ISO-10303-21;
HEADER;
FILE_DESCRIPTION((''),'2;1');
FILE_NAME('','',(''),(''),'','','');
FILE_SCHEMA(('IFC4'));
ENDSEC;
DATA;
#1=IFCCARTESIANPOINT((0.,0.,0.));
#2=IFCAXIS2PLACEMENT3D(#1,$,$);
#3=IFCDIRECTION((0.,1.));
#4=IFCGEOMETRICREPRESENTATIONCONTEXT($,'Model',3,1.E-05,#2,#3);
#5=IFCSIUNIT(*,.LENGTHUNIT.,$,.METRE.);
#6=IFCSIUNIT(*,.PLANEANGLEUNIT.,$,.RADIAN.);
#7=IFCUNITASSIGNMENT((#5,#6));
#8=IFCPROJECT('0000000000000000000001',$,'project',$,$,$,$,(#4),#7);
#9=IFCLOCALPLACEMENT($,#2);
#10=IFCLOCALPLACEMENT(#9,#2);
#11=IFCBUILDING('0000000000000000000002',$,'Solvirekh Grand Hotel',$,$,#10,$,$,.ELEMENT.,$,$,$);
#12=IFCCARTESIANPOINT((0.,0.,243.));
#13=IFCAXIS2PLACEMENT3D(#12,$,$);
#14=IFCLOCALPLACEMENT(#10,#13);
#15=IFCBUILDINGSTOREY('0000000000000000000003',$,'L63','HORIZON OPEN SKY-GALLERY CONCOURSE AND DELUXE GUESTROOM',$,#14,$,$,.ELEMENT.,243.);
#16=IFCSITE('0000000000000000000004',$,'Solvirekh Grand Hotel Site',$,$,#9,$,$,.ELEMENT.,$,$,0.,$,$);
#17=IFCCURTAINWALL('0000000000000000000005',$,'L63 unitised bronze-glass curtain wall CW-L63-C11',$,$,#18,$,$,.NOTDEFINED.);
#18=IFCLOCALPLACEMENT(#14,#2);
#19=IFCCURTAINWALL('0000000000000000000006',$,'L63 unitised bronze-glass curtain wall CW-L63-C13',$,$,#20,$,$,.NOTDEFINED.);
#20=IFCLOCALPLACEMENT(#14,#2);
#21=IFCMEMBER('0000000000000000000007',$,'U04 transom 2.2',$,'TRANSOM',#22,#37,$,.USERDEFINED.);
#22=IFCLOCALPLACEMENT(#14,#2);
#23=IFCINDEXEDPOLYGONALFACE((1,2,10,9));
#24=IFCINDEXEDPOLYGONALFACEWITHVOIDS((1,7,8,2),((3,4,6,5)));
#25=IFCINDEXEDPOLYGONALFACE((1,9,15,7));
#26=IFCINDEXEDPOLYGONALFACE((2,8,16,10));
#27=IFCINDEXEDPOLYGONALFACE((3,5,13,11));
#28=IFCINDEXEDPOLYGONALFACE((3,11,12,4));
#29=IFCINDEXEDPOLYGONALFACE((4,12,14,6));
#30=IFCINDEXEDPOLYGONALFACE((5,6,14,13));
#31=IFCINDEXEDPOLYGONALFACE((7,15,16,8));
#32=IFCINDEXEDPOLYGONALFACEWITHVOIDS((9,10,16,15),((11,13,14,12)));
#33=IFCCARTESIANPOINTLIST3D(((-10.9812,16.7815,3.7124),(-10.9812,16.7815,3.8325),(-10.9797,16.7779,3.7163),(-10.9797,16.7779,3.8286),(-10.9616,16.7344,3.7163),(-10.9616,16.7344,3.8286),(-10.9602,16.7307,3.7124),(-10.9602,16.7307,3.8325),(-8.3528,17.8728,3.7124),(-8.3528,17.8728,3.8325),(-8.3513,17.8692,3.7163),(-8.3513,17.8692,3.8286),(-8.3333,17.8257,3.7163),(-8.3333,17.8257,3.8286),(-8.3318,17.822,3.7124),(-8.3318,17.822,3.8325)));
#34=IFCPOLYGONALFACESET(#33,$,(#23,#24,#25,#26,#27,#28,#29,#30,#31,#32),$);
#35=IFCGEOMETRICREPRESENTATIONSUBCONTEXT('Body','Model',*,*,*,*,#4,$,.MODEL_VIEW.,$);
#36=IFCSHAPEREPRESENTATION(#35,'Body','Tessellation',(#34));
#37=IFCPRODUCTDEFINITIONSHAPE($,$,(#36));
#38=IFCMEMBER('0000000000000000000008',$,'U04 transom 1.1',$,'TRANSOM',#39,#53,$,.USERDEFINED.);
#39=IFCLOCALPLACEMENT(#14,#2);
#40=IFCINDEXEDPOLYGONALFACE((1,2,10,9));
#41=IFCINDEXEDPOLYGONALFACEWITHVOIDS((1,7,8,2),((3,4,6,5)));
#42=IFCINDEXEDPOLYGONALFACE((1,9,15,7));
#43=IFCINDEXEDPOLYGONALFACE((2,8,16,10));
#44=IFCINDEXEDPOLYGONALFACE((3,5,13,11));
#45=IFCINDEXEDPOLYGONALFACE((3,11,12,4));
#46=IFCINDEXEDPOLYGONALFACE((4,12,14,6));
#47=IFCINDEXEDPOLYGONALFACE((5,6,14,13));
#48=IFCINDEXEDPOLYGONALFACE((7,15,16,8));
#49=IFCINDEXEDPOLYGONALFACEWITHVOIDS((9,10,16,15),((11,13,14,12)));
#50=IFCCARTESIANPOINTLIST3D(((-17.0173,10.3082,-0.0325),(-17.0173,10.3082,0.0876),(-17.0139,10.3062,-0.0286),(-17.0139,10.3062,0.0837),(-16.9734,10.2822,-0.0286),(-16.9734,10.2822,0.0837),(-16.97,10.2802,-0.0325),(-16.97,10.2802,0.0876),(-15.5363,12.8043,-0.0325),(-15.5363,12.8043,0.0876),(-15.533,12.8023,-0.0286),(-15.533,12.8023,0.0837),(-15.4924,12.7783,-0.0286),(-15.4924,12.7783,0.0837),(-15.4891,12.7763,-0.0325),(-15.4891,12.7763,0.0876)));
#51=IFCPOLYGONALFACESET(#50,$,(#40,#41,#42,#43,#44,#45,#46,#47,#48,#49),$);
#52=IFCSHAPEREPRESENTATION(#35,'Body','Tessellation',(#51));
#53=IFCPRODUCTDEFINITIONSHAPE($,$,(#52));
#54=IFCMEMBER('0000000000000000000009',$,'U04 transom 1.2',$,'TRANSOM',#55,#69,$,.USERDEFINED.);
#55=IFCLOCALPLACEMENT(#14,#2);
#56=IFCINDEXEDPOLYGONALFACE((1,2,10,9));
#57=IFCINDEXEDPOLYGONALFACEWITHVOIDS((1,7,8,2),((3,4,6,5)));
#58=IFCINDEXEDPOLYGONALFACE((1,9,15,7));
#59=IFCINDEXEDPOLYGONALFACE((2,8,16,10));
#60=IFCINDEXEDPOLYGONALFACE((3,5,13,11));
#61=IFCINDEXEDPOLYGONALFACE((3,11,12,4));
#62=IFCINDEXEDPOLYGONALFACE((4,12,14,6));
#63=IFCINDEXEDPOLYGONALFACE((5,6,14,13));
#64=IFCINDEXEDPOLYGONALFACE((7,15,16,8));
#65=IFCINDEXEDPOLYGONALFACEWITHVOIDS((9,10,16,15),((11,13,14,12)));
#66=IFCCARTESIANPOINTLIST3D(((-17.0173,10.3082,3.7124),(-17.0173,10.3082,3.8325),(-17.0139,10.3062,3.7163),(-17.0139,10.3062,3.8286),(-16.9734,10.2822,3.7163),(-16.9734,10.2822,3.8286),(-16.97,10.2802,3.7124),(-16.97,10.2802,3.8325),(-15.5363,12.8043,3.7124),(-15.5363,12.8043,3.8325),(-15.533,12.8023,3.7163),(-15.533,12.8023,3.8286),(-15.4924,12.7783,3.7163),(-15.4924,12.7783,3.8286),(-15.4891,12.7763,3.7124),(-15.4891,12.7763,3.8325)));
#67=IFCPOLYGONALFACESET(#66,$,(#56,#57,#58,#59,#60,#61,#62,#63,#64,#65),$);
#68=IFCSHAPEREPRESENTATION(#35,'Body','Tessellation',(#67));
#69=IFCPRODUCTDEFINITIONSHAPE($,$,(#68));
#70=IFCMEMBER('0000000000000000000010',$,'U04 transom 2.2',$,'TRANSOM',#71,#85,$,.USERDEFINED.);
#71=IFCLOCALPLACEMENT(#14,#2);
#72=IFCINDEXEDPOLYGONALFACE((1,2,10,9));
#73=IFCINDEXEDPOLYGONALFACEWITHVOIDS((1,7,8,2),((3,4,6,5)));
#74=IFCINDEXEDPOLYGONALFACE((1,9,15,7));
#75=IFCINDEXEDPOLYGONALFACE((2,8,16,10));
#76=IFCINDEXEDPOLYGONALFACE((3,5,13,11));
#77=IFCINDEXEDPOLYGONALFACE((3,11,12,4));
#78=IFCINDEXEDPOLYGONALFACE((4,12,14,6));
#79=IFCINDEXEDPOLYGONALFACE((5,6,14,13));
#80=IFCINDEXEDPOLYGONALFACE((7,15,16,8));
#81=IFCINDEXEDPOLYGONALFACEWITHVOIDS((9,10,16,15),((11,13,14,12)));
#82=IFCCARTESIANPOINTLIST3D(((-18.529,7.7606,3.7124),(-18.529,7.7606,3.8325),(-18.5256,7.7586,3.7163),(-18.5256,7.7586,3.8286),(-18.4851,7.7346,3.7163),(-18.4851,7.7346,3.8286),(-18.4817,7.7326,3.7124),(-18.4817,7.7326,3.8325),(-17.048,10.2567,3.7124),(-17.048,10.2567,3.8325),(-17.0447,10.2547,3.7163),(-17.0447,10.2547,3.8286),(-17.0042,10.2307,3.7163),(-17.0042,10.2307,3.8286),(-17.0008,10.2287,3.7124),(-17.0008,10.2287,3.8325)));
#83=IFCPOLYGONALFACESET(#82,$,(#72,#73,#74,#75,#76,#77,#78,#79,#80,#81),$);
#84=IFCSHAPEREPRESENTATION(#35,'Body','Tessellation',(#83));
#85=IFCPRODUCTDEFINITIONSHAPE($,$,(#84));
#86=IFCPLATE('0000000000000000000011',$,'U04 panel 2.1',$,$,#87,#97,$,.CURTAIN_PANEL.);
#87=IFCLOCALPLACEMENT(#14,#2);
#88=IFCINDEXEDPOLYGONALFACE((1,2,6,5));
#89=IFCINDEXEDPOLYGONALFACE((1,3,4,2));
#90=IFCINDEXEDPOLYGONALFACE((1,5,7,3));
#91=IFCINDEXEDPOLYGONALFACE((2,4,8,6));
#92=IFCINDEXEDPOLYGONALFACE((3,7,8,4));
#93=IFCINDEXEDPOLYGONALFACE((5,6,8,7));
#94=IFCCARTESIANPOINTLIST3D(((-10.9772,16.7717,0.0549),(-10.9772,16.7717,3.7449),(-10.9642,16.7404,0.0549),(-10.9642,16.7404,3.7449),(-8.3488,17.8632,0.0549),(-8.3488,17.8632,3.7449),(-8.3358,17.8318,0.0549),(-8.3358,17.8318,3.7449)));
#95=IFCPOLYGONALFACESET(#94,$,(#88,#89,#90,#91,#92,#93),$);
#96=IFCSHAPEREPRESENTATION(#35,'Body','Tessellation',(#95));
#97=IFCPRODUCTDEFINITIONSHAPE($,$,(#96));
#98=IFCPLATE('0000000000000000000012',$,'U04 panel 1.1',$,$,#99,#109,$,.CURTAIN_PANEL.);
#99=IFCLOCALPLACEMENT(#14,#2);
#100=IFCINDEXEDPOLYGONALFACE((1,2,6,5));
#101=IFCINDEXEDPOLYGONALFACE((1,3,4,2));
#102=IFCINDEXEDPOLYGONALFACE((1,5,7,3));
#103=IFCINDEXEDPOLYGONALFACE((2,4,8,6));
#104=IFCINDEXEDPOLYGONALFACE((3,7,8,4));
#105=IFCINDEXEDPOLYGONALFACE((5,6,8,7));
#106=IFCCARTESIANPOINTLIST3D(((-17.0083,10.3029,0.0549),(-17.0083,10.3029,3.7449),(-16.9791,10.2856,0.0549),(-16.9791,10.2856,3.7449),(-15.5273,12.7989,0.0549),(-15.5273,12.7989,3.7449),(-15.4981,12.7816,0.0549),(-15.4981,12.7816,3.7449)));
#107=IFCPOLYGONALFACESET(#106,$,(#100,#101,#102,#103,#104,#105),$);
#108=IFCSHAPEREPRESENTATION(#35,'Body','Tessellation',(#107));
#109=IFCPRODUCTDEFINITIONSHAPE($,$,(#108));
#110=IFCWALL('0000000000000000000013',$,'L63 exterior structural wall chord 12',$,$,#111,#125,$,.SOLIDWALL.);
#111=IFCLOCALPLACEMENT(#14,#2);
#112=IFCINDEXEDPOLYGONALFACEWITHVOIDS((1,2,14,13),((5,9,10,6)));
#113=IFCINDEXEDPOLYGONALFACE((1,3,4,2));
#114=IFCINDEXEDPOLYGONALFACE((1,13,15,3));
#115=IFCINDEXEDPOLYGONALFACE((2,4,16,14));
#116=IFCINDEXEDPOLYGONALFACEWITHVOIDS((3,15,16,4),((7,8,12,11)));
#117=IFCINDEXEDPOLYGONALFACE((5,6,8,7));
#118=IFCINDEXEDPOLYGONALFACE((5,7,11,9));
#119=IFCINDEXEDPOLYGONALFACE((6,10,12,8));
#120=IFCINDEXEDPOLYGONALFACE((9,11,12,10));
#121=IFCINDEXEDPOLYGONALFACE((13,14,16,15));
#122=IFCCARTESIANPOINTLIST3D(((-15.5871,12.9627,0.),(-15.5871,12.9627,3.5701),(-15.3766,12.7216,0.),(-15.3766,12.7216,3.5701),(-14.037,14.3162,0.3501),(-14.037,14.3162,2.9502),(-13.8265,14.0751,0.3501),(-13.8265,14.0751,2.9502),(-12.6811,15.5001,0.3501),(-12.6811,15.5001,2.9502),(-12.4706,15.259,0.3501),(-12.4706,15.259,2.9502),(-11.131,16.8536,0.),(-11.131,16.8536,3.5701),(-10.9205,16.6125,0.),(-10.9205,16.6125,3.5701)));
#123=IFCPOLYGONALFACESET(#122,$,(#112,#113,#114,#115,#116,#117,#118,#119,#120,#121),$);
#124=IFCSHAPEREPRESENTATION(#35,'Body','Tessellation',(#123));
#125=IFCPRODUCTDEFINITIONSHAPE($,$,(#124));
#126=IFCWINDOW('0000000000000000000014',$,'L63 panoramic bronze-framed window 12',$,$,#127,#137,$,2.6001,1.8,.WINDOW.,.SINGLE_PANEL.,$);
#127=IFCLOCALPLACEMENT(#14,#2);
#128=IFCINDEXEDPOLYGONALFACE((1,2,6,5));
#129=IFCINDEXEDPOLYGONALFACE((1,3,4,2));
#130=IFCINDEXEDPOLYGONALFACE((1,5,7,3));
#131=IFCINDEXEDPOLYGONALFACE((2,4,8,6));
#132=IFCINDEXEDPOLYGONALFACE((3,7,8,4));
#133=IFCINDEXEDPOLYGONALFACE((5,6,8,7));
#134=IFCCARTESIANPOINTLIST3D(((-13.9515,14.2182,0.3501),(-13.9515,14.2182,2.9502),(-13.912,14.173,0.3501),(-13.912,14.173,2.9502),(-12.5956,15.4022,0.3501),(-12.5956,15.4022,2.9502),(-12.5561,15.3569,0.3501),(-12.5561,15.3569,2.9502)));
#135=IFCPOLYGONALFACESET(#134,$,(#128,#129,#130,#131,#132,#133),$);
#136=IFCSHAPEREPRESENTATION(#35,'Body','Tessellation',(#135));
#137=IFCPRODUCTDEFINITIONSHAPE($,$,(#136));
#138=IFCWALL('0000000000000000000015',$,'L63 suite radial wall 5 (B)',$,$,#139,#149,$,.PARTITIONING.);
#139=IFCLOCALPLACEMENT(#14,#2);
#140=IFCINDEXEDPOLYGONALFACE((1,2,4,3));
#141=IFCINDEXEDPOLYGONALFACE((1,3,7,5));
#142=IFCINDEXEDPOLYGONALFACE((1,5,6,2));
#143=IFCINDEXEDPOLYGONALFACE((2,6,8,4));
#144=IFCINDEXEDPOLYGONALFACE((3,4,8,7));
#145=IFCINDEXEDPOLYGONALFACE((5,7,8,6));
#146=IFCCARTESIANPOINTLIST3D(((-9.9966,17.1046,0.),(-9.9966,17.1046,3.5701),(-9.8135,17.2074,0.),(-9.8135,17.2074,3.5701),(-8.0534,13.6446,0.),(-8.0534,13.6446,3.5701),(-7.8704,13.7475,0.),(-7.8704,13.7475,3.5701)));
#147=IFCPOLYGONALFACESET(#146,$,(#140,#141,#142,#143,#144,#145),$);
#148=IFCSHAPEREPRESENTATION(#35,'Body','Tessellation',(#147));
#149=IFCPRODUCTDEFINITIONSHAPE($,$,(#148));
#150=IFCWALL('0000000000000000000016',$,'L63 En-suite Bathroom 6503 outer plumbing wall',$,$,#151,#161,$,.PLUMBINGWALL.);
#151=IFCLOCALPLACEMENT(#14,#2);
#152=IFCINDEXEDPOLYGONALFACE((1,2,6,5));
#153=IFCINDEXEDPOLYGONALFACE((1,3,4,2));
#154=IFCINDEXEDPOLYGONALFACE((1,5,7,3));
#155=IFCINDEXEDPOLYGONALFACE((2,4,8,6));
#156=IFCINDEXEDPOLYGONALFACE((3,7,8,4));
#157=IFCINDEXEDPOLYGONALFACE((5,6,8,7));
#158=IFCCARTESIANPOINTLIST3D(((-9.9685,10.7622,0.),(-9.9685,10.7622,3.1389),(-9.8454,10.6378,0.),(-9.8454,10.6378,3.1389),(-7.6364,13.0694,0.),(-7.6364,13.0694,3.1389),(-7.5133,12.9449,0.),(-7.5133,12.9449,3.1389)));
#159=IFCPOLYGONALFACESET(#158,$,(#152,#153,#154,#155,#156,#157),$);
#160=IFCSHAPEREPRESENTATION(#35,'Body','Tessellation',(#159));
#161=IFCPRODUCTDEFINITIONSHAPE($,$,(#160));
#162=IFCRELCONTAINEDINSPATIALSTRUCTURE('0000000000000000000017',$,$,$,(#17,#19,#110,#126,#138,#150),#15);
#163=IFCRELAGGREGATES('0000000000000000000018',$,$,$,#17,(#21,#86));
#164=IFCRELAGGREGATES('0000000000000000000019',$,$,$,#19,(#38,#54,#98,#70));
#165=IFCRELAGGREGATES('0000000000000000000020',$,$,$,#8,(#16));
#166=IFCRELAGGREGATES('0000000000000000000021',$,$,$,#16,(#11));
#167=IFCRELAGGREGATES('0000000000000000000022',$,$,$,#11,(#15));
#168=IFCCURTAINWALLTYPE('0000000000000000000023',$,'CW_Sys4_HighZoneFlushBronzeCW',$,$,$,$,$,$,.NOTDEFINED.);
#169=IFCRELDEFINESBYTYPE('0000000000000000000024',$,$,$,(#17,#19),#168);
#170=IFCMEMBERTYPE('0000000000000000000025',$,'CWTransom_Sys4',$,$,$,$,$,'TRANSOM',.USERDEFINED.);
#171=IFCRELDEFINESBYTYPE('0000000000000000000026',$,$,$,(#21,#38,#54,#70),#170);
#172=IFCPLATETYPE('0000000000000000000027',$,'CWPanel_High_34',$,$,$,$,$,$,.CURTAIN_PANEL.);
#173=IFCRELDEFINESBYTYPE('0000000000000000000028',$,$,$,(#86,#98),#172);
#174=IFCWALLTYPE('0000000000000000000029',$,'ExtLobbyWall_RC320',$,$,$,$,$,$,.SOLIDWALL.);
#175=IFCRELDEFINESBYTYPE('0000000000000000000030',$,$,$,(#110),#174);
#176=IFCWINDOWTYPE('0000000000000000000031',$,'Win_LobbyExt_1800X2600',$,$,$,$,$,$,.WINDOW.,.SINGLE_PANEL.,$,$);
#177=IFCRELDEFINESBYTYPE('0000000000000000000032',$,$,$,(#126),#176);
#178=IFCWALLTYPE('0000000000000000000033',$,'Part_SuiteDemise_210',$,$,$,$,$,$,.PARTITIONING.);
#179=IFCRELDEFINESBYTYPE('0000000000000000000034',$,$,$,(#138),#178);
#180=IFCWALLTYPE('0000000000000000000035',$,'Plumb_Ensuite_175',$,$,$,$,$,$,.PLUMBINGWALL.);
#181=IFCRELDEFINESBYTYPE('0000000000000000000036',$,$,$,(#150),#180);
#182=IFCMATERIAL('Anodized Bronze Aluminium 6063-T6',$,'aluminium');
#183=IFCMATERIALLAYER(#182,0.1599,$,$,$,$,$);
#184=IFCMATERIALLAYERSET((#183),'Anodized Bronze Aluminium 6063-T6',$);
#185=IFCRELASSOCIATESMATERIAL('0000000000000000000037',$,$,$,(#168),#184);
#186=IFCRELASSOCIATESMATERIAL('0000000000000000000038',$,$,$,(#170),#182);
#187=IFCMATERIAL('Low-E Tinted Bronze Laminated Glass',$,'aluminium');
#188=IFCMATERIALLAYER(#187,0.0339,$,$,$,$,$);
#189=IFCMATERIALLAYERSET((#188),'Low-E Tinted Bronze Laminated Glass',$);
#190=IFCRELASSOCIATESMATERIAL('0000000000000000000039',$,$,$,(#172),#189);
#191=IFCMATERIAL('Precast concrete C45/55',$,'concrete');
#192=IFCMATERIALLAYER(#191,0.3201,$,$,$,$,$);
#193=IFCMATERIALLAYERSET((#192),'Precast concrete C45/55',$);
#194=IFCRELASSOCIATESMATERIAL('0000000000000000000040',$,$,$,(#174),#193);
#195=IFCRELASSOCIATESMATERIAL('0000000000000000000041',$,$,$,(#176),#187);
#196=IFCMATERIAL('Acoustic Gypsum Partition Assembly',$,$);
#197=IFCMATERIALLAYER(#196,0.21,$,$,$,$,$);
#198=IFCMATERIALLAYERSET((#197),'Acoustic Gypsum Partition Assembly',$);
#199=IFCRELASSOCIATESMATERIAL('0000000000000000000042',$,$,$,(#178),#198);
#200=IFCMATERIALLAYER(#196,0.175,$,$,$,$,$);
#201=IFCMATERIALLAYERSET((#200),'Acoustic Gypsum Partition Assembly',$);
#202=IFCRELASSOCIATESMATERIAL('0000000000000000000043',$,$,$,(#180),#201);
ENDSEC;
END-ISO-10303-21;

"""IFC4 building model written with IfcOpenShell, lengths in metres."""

from ifc_helpers import new_model, si_unit, direction, frame, frame_2d, origin, origin_2d, place, context, subcontext, project, spatial, rectangle, hollow_rectangle, extrude, source, transform, mapped, material, layer, layer_set, material_profile, profile_set, type_object, element, fill, aggregate, save


model = new_model("IFC4")

# Units and contexts
model_context = context("Model", 3, precision=1e-05, world=origin(), true_north=direction((0.0, 1.0)))
body_context = subcontext(model_context, "Body", "Model", "MODEL_VIEW")
ifc_project = project(units=[si_unit("LENGTHUNIT", "METRE"), si_unit("PLANEANGLEUNIT", "RADIAN")], contexts=[model_context])

# Site, building, storey
site_placement = place(None, origin())
site = spatial("IfcSite", under=ifc_project, at=site_placement, Name="Solvirekh Grand Hotel Site", CompositionType="ELEMENT", RefElevation=0.0)
building_placement = place(site_placement, origin())
building = spatial("IfcBuilding", under=site, at=building_placement, Name="Solvirekh Grand Hotel", CompositionType="ELEMENT")
storey_placement = place(building_placement, frame((0.0, 0.0, 243.0)))
storey = spatial("IfcBuildingStorey", under=building, at=storey_placement, Name="L63", Description="HORIZON OPEN SKY-GALLERY CONCOURSE AND DELUXE GUESTROOM", CompositionType="ELEMENT", Elevation=243.0)

# Curtain walls
ifc_material_1 = material(Name="Anodized Bronze Aluminium 6063-T6", Category="aluminium")
ifc_layer_1 = layer(ifc_material_1, 0.1599)
ifc_layer_set_1 = layer_set([ifc_layer_1], Name="Anodized Bronze Aluminium 6063-T6")
curtain_wall_type = type_object("IfcCurtainWallType", Name="CW_Sys4_HighZoneFlushBronzeCW", PredefinedType="NOTDEFINED", material=ifc_layer_set_1)
curtain_wall_1_placement = place(storey_placement, origin())
curtain_wall_1 = element("IfcCurtainWall", 1, at=curtain_wall_1_placement, inside=storey, type_object=curtain_wall_type, Name="L63 unitised bronze-glass curtain wall CW-L63-C11", PredefinedType="NOTDEFINED")
curtain_wall_2_placement = place(storey_placement, origin())
curtain_wall_2 = element("IfcCurtainWall", 2, at=curtain_wall_2_placement, inside=storey, type_object=curtain_wall_type, Name="L63 unitised bronze-glass curtain wall CW-L63-C13", PredefinedType="NOTDEFINED")

# Members
ifc_material_profile_1 = material_profile(ifc_material_1, hollow_rectangle(XDim=0.0549, YDim=0.1201, WallThickness=0.0039, at=origin_2d()), Name="ALU RHS 120X55X4")
ifc_profile_set_1 = profile_set([ifc_material_profile_1], Name="Anodized Bronze Aluminium 6063-T6")
member_type_1 = type_object("IfcMemberType", Name="CWTransom_Sys4", ElementType="TRANSOM", PredefinedType="USERDEFINED", material=ifc_profile_set_1)
shared_shape_1 = source(origin(), body_context, "Body", "SweptSolid", [
    extrude(hollow_rectangle(XDim=0.0549, YDim=0.1201, WallThickness=0.0039, at=origin_2d()), origin(), (0.0, 0.0, 1.0), 2.8459),
])
member_1_placement = place(storey_placement, frame((-8.3423, 17.8474, 3.7725), z_axis=(-0.923558, -0.383458, 0.0), x_axis=(0.383458, -0.923558, 0.0)))
member_1 = element("IfcMember", 3, at=member_1_placement, type_object=member_type_1, Name="U04 transom 2.2", ObjectType="TRANSOM", PredefinedType="USERDEFINED", context=body_context, shape_type="MappedRepresentation", body=[
    mapped(shared_shape_1, transform((0.0, 0.0, 0.0), x_axis=(1.0, 0.0, 0.0), y_axis=(0.0, 1.0, 0.0), z_axis=(0.0, 0.0, 1.0), scale=1.0)),
])
shared_shape_2 = source(origin(), body_context, "Body", "SweptSolid", [
    extrude(hollow_rectangle(XDim=0.0549, YDim=0.1201, WallThickness=0.0039, at=origin_2d()), origin(), (0.0, 0.0, 1.0), 2.9023),
])
member_2_placement = place(storey_placement, frame((-15.5127, 12.7903, 0.0276), z_axis=(-0.510259, -0.860021, 0.0), x_axis=(0.860021, -0.510259, 0.0)))
member_2 = element("IfcMember", 4, at=member_2_placement, type_object=member_type_1, Name="U04 transom 1.1", ObjectType="TRANSOM", PredefinedType="USERDEFINED", context=body_context, shape_type="MappedRepresentation", body=[
    mapped(shared_shape_2, transform((0.0, 0.0, 0.0), x_axis=(1.0, 0.0, 0.0), y_axis=(0.0, 1.0, 0.0), z_axis=(0.0, 0.0, 1.0), scale=1.0)),
])
member_3_placement = place(storey_placement, frame((-15.5127, 12.7903, 3.7725), z_axis=(-0.510259, -0.860021, 0.0), x_axis=(0.860021, -0.510259, 0.0)))
member_3 = element("IfcMember", 5, at=member_3_placement, type_object=member_type_1, Name="U04 transom 1.2", ObjectType="TRANSOM", PredefinedType="USERDEFINED", context=body_context, shape_type="MappedRepresentation", body=[
    mapped(shared_shape_2, transform((0.0, 0.0, 0.0), x_axis=(1.0, 0.0, 0.0), y_axis=(0.0, 1.0, 0.0), z_axis=(0.0, 0.0, 1.0), scale=1.0)),
])
member_4_placement = place(storey_placement, frame((-17.0244, 10.2427, 3.7725), z_axis=(-0.510259, -0.860021, 0.0), x_axis=(0.860021, -0.510259, 0.0)))
member_4 = element("IfcMember", 6, at=member_4_placement, type_object=member_type_1, Name="U04 transom 2.2", ObjectType="TRANSOM", PredefinedType="USERDEFINED", context=body_context, shape_type="MappedRepresentation", body=[
    mapped(shared_shape_2, transform((0.0, 0.0, 0.0), x_axis=(1.0, 0.0, 0.0), y_axis=(0.0, 1.0, 0.0), z_axis=(0.0, 0.0, 1.0), scale=1.0)),
])

# Plates
ifc_material_2 = material(Name="Low-E Tinted Bronze Laminated Glass", Category="aluminium")
ifc_layer_2 = layer(ifc_material_2, 0.0339)
ifc_layer_set_2 = layer_set([ifc_layer_2], Name="Low-E Tinted Bronze Laminated Glass")
plate_type = type_object("IfcPlateType", Name="CWPanel_High_34", PredefinedType="CURTAIN_PANEL", material=ifc_layer_set_2)
shared_shape_3 = source(origin(), body_context, "Body", "SweptSolid", [
    extrude(rectangle(XDim=2.8459, YDim=0.0339, at=origin_2d()), origin(), (0.0, 0.0, 1.0), 3.6899),
])
plate_1_placement = place(storey_placement, frame((-9.6565, 17.3018, 0.0549), z_axis=(0.0, 0.0, 1.0), x_axis=(-0.923535, -0.383515, 0.0)))
plate_1 = element("IfcPlate", 7, at=plate_1_placement, type_object=plate_type, Name="U04 panel 2.1", PredefinedType="CURTAIN_PANEL", context=body_context, shape_type="MappedRepresentation", body=[
    mapped(shared_shape_3, transform((0.0, 0.0, 0.0), x_axis=(1.0, 0.0, 0.0), y_axis=(0.0, 1.0, 0.0), z_axis=(0.0, 0.0, 1.0), scale=1.0)),
])
aggregate(curtain_wall_1, [member_1, plate_1])
shared_shape_4 = source(origin(), body_context, "Body", "SweptSolid", [
    extrude(rectangle(XDim=2.9023, YDim=0.0339, at=origin_2d()), origin(), (0.0, 0.0, 1.0), 3.6899),
])
plate_2_placement = place(storey_placement, frame((-16.2532, 11.5422, 0.0549), z_axis=(0.0, 0.0, 1.0), x_axis=(-0.510288, -0.860004, 0.0)))
plate_2 = element("IfcPlate", 8, at=plate_2_placement, type_object=plate_type, Name="U04 panel 1.1", PredefinedType="CURTAIN_PANEL", context=body_context, shape_type="MappedRepresentation", body=[
    mapped(shared_shape_4, transform((0.0, 0.0, 0.0), x_axis=(1.0, 0.0, 0.0), y_axis=(0.0, 1.0, 0.0), z_axis=(0.0, 0.0, 1.0), scale=1.0)),
])
aggregate(curtain_wall_2, [member_2, member_3, plate_2, member_4])

# Wall, opening, window
ifc_material_3 = material(Name="Precast concrete C45/55", Category="concrete")
ifc_layer_3 = layer(ifc_material_3, 0.3201)
ifc_layer_set_3 = layer_set([ifc_layer_3], Name="Precast concrete C45/55")
wall_type_1 = type_object("IfcWallType", Name="ExtLobbyWall_RC320", PredefinedType="SOLIDWALL", material=ifc_layer_set_3)
wall_1_placement = place(storey_placement, frame((-15.4819, 12.842, 0.0), z_axis=(0.0, 0.0, 1.0), x_axis=(0.753261, 0.657721, 0.0)))
wall_1 = element("IfcWall", 9, at=wall_1_placement, inside=storey, type_object=wall_type_1, Name="L63 exterior structural wall chord 12", PredefinedType="SOLIDWALL", context=body_context, shape_type="SweptSolid", body=[
    extrude(rectangle(XDim=5.9158, YDim=0.3201, at=frame_2d((2.958, 0.0))), origin(), (0.0, 0.0, 1.0), 3.5701),
])
opening_placement = place(wall_1_placement, frame((2.0581, 0.0, 0.3501)))
opening = element("IfcOpeningElement", 10, at=opening_placement, cuts=wall_1, PredefinedType="OPENING", context=body_context, shape_type="SweptSolid", body=[
    extrude(rectangle(XDim=1.8, YDim=2.6001, at=frame_2d((0.8999, 1.3))), frame((0.0, 0.1699, 0.0), z_axis=(0.0, -1.0, 0.0), x_axis=(1.0, 0.0, 0.0)), (0.0, 0.0, 1.0), 0.3401),
])
window_type = type_object("IfcWindowType", Name="Win_LobbyExt_1800X2600", PartitioningType="SINGLE_PANEL", PredefinedType="WINDOW", material=ifc_material_2)
window_placement = place(opening_placement, origin())
window = element("IfcWindow", 11, at=window_placement, inside=storey, type_object=window_type, Name="L63 panoramic bronze-framed window 12", OverallHeight=2.6001, OverallWidth=1.8, PartitioningType="SINGLE_PANEL", PredefinedType="WINDOW", context=body_context, shape_type="SweptSolid", body=[
    extrude(rectangle(XDim=1.8, YDim=2.6001, at=frame_2d((0.8999, 1.3))), frame((0.0, 0.03, 0.0), z_axis=(0.0, -1.0, 0.0), x_axis=(1.0, 0.0, 0.0)), (0.0, 0.0, 1.0), 0.0601),
])
fill(opening, window)

# Walls
ifc_material_4 = material(Name="Acoustic Gypsum Partition Assembly")
ifc_layer_4 = layer(ifc_material_4, 0.21)
ifc_layer_set_4 = layer_set([ifc_layer_4], Name="Acoustic Gypsum Partition Assembly")
wall_type_2 = type_object("IfcWallType", Name="Part_SuiteDemise_210", PredefinedType="PARTITIONING", material=ifc_layer_set_4)
wall_2_placement = place(storey_placement, frame((-7.9619, 13.696, 0.0), z_axis=(0.0, 0.0, 1.0), x_axis=(-0.489665, 0.871911, 0.0)))
element("IfcWall", 12, at=wall_2_placement, inside=storey, type_object=wall_type_2, Name="L63 suite radial wall 5 (B)", PredefinedType="PARTITIONING", context=body_context, shape_type="SweptSolid", body=[
    extrude(rectangle(XDim=3.9683, YDim=0.21, at=frame_2d((1.9841, 0.0))), origin(), (0.0, 0.0, 1.0), 3.5701),
])
ifc_layer_5 = layer(ifc_material_4, 0.175)
ifc_layer_set_5 = layer_set([ifc_layer_5], Name="Acoustic Gypsum Partition Assembly")
wall_type_3 = type_object("IfcWallType", Name="Plumb_Ensuite_175", PredefinedType="PLUMBINGWALL", material=ifc_layer_set_5)
wall_3_placement = place(storey_placement, frame((-7.575, 13.0071, 0.0), z_axis=(0.0, 0.0, 1.0), x_axis=(-0.710892, -0.703301, 0.0)))
element("IfcWall", 13, at=wall_3_placement, inside=storey, type_object=wall_type_3, Name="L63 En-suite Bathroom 6503 outer plumbing wall", PredefinedType="PLUMBINGWALL", context=body_context, shape_type="SweptSolid", body=[
    extrude(rectangle(XDim=3.2805, YDim=0.175, at=frame_2d((1.6401, 0.0))), origin(), (0.0, 0.0, 1.0), 3.1389),
])

save(model, "model.ifc")
